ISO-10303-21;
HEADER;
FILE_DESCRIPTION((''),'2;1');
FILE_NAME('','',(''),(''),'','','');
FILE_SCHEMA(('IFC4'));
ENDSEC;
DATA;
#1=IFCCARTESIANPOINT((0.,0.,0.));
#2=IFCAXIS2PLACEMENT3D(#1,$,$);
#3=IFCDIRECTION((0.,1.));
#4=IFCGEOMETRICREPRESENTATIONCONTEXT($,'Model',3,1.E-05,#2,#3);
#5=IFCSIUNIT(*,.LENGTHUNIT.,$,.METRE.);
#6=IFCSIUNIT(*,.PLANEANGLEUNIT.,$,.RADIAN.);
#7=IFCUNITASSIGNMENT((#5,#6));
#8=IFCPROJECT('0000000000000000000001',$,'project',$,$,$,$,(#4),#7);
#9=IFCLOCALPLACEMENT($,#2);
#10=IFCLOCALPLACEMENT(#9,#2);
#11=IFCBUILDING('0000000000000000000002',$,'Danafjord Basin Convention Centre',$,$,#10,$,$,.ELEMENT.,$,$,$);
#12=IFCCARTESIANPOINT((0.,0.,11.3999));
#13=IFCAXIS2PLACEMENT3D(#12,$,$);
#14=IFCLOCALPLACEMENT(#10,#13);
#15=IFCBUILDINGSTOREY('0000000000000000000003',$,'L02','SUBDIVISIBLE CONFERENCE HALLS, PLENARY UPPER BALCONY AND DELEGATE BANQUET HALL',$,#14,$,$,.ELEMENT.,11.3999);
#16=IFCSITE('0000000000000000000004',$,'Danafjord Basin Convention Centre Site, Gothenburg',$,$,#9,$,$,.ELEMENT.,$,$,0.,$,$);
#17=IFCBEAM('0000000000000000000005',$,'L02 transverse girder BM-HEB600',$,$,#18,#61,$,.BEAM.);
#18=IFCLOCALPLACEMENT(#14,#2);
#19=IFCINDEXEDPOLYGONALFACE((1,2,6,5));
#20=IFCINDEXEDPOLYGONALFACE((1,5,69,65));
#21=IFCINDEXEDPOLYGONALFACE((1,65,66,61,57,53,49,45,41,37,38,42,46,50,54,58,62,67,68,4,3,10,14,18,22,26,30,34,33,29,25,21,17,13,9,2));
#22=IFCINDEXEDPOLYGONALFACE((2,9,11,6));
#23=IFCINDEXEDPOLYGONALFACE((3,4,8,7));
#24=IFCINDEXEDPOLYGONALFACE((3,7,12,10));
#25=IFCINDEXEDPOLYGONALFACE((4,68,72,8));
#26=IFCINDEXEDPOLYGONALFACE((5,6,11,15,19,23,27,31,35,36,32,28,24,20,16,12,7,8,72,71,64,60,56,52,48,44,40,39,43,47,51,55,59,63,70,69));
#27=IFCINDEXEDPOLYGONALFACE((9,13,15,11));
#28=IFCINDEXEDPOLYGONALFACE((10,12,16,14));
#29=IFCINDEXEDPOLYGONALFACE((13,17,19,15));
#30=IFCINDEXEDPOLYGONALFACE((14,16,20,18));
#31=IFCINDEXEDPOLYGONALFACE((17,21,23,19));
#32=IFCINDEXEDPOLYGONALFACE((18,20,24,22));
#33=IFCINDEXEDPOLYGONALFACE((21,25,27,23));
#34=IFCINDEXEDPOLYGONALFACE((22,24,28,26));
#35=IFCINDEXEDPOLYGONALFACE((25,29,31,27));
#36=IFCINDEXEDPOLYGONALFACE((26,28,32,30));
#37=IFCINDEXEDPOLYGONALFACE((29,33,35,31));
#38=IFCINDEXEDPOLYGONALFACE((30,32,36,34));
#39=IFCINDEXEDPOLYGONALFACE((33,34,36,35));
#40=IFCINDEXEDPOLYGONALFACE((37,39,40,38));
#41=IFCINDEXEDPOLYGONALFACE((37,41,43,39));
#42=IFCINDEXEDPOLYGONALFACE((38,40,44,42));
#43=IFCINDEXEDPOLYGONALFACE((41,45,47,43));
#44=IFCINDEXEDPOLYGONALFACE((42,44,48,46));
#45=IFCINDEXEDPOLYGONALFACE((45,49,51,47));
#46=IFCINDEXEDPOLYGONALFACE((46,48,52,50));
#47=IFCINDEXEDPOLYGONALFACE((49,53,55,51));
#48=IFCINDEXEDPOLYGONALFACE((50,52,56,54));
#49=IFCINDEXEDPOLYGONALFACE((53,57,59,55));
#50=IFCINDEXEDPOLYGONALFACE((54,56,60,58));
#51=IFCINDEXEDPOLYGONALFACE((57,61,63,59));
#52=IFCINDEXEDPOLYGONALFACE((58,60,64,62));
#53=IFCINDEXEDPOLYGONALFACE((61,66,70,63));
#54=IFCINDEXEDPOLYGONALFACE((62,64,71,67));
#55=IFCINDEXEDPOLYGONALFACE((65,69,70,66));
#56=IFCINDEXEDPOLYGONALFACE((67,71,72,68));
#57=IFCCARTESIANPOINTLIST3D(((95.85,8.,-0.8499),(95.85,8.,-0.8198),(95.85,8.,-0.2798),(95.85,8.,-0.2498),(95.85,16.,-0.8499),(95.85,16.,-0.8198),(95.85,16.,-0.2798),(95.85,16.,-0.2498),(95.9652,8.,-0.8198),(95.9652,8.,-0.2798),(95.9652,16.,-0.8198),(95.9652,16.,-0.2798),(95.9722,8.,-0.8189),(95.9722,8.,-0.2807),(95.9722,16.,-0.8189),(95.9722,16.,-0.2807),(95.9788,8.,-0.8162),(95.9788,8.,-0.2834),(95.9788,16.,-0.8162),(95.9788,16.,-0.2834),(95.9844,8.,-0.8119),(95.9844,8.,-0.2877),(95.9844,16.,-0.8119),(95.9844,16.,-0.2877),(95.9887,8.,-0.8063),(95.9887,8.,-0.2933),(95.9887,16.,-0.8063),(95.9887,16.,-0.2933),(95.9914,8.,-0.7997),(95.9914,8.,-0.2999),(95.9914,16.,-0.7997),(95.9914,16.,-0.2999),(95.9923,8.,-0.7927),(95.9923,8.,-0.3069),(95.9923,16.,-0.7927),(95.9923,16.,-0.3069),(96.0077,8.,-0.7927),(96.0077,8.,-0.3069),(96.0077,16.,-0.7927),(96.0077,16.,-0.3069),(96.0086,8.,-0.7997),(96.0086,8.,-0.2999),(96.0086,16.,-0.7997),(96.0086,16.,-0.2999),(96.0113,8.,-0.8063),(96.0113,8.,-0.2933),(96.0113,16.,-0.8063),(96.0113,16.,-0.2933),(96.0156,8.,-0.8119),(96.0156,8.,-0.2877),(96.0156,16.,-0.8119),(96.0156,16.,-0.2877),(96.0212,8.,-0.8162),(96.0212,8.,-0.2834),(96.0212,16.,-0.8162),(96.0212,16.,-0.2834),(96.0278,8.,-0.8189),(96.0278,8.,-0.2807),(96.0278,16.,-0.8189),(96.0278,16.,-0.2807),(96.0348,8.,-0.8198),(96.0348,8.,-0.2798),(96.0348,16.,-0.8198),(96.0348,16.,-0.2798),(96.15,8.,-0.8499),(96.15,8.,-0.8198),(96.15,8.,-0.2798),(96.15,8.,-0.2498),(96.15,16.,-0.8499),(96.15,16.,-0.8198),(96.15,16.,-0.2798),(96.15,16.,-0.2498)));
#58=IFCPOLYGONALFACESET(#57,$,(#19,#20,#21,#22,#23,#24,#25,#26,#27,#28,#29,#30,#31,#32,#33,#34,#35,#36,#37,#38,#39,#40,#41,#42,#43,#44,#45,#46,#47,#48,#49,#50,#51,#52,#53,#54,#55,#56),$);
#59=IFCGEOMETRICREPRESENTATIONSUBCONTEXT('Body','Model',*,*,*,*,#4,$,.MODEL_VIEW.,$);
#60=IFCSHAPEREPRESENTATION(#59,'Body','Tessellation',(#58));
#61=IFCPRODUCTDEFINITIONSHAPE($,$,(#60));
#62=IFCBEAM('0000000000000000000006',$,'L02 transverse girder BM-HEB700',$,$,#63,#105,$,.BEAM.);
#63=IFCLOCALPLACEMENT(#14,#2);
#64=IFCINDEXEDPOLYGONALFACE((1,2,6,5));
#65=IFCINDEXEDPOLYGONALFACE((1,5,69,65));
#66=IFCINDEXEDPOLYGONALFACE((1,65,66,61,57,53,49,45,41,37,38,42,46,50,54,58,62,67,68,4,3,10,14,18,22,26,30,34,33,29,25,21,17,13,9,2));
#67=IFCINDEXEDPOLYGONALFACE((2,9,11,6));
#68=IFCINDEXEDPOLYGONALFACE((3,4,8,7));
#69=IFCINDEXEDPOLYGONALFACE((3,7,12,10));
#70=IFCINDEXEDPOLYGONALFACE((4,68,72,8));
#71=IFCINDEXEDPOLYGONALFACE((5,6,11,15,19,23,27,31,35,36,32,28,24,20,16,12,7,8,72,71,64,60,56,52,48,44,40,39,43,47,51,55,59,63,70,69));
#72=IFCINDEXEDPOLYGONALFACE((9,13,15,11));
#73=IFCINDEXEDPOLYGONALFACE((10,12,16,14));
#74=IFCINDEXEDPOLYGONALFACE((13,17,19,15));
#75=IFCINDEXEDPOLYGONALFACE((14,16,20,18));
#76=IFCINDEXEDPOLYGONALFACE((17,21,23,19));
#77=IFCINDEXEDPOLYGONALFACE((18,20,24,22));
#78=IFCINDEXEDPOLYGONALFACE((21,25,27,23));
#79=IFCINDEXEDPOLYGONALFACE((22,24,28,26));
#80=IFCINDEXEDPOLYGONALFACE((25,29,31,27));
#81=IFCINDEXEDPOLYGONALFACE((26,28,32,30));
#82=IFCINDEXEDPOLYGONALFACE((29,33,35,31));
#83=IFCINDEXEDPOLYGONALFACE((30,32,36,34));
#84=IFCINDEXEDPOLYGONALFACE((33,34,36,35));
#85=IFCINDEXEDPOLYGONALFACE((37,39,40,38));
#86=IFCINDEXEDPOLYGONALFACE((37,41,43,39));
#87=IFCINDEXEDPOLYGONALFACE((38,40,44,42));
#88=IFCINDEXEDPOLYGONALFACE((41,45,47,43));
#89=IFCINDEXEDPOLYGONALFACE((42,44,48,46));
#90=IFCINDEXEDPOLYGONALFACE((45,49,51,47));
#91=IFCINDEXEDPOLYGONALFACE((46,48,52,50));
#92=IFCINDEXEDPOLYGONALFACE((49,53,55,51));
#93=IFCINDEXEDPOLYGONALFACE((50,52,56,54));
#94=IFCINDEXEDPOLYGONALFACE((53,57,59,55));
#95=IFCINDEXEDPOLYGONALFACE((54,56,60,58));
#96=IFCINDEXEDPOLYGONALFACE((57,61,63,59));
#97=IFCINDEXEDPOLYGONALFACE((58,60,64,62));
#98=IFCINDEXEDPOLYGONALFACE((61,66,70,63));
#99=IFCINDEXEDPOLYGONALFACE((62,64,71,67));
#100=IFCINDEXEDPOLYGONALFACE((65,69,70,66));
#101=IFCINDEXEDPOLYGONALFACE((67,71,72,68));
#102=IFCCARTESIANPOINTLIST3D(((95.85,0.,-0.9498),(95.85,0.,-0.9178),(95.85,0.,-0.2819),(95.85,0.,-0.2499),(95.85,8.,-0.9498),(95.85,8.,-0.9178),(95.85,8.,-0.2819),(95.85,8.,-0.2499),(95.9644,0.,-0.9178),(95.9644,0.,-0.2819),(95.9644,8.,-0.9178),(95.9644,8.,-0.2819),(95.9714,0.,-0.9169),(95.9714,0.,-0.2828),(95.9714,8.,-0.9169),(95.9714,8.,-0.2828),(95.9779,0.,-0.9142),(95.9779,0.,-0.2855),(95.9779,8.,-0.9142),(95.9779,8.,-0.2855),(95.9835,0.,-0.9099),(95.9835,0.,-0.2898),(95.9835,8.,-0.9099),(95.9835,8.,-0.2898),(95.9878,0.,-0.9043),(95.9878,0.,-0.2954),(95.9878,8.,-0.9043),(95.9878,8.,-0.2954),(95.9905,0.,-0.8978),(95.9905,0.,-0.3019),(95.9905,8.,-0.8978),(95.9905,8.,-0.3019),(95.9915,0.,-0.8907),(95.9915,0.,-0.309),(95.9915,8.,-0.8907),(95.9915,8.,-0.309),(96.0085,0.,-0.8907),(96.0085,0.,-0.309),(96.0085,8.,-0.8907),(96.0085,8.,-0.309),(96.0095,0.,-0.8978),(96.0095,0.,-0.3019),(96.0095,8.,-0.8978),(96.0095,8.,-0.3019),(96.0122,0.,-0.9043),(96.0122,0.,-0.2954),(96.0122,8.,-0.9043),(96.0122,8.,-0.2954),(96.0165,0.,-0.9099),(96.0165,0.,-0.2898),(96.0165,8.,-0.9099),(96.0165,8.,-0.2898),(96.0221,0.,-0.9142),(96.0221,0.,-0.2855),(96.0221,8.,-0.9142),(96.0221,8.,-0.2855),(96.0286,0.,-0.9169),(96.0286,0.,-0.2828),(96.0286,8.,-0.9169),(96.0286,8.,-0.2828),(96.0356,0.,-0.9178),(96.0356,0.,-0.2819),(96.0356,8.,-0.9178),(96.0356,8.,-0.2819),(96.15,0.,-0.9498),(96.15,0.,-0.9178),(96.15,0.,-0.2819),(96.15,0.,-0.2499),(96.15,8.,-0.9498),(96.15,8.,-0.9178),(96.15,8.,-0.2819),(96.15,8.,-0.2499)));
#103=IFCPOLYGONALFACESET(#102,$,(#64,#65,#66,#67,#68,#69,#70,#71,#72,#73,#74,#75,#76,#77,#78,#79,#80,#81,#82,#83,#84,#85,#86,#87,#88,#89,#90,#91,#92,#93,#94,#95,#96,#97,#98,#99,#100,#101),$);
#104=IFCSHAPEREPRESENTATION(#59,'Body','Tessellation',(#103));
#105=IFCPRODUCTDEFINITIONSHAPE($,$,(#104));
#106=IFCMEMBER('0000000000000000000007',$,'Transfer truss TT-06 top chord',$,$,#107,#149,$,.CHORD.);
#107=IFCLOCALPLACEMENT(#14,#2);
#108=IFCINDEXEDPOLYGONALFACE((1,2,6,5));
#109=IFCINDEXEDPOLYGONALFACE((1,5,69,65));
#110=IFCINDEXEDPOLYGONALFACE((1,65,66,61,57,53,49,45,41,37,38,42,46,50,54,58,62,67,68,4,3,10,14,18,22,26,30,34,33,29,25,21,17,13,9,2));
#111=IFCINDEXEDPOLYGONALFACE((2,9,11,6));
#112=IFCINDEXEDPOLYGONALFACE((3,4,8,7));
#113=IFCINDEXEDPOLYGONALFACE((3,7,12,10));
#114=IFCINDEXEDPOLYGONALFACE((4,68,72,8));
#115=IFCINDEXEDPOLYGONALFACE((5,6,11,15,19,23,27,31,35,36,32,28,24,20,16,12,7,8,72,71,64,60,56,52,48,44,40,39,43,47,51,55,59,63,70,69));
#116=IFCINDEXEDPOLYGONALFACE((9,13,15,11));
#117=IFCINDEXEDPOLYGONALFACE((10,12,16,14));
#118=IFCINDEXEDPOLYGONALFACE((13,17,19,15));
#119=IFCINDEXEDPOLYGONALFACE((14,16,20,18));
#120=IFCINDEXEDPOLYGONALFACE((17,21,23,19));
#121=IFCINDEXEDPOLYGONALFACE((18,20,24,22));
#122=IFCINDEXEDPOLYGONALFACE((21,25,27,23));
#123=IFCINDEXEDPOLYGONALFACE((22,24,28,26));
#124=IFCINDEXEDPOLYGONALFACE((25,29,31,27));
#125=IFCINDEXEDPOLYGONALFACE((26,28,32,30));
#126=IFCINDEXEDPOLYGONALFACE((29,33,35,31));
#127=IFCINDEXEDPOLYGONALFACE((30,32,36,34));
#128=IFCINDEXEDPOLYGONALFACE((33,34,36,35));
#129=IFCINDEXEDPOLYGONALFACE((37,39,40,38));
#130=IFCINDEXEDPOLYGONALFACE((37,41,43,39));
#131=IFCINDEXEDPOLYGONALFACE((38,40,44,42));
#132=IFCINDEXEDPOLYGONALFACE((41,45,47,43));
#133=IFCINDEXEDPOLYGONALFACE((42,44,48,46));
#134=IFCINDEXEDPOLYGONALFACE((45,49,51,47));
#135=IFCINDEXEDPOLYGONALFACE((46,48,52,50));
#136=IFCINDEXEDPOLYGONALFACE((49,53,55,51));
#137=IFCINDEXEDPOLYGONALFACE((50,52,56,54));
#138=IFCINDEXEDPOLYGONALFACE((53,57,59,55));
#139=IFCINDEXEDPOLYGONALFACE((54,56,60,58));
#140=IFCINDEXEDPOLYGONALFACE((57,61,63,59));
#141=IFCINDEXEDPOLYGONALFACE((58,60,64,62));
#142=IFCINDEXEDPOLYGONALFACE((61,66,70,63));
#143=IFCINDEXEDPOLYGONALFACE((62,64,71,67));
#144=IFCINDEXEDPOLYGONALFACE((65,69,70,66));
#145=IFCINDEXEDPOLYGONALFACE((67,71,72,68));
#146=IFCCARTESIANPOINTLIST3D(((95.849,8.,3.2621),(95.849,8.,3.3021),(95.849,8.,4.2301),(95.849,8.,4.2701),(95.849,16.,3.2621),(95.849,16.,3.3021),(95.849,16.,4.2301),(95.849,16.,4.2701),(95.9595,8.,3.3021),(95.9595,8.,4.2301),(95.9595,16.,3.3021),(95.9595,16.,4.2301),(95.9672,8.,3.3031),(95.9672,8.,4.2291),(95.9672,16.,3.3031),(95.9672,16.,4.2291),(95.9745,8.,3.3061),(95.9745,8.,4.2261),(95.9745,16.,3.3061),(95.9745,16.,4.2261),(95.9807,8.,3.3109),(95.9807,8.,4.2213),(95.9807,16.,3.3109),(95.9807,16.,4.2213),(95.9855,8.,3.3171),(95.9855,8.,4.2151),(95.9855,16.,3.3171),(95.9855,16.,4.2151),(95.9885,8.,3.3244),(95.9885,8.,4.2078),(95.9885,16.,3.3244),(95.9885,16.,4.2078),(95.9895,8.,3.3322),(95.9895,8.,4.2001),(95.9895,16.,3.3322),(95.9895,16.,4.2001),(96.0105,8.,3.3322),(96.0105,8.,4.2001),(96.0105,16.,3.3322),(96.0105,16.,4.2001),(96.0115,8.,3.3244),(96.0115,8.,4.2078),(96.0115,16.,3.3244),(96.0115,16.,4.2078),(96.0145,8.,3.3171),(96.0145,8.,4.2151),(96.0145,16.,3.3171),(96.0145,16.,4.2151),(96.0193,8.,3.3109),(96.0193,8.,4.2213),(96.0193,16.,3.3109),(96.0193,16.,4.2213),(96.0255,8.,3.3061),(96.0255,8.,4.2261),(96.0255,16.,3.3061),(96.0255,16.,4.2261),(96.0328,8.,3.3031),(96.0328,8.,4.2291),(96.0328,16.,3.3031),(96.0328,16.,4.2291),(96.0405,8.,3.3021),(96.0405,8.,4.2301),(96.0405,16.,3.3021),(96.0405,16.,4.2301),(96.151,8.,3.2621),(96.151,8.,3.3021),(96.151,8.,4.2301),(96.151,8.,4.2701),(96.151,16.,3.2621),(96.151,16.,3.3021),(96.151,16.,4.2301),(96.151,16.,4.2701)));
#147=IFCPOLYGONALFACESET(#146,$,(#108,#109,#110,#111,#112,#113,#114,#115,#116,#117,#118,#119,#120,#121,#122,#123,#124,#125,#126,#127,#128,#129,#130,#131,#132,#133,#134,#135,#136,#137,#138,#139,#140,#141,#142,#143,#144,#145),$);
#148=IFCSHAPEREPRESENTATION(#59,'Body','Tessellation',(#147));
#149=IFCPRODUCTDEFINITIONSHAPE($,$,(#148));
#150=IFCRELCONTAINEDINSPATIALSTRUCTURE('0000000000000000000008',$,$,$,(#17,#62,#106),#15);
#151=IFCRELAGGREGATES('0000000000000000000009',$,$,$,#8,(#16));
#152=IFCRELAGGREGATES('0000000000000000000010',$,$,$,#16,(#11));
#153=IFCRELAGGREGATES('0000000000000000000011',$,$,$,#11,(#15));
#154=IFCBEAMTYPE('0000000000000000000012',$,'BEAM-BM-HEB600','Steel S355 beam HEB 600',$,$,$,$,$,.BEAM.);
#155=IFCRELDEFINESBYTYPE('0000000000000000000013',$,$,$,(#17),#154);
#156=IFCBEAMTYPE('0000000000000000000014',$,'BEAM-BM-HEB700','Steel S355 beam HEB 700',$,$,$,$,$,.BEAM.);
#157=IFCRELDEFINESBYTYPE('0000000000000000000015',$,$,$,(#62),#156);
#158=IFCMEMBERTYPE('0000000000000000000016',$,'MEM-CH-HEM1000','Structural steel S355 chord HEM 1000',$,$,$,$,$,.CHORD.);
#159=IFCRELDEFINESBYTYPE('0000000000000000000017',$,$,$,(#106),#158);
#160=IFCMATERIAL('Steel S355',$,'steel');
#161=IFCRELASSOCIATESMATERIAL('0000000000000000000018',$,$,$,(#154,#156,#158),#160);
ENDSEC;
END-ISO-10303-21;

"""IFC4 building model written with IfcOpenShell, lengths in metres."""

from ifc_helpers import new_model, si_unit, direction, frame, origin, origin_2d, place, context, subcontext, project, spatial, i_section, extrude, material, material_profile, profile_set, type_object, element, save


model = new_model("IFC4")

# Units and contexts
model_context = context("Model", 3, precision=1e-05, world=origin(), true_north=direction((0.0, 1.0)))
body_context = subcontext(model_context, "Body", "Model", "MODEL_VIEW")
ifc_project = project(units=[si_unit("LENGTHUNIT", "METRE"), si_unit("PLANEANGLEUNIT", "RADIAN")], contexts=[model_context])

# Site, building, storey
site_placement = place(None, origin())
site = spatial("IfcSite", under=ifc_project, at=site_placement, Name="Danafjord Basin Convention Centre Site, Gothenburg", CompositionType="ELEMENT", RefElevation=0.0)
building_placement = place(site_placement, origin())
building = spatial("IfcBuilding", under=site, at=building_placement, Name="Danafjord Basin Convention Centre", CompositionType="ELEMENT")
storey_placement = place(building_placement, frame((0.0, 0.0, 11.3999)))
storey = spatial("IfcBuildingStorey", under=building, at=storey_placement, Name="L02", Description="SUBDIVISIBLE CONFERENCE HALLS, PLENARY UPPER BALCONY AND DELEGATE BANQUET HALL", CompositionType="ELEMENT", Elevation=11.3999)

# Shared definitions
ifc_material_1 = material(Name="Steel S355", Category="steel")

# Beams
ifc_material_profile_1 = material_profile(ifc_material_1, i_section(OverallWidth=0.3, OverallDepth=0.6001, WebThickness=0.0154, FlangeThickness=0.03, FilletRadius=0.0271, at=origin_2d()), Name="HEB 600")
ifc_profile_set_1 = profile_set([ifc_material_profile_1], Name="Steel S355")
beam_type_1 = type_object("IfcBeamType", Name="BEAM-BM-HEB600", Description="Steel S355 beam HEB 600", PredefinedType="BEAM", material=ifc_profile_set_1)
beam_1_placement = place(storey_placement, frame((96.0, 8.0, -0.5498), z_axis=(0.0, 1.0, 0.0), x_axis=(-1.0, 0.0, 0.0)))
element("IfcBeam", 1, at=beam_1_placement, inside=storey, type_object=beam_type_1, Name="L02 transverse girder BM-HEB600", PredefinedType="BEAM", context=body_context, shape_type="SweptSolid", body=[
    extrude(i_section(OverallWidth=0.3, OverallDepth=0.6001, WebThickness=0.0154, FlangeThickness=0.03, FilletRadius=0.0271, at=origin_2d()), origin(), (0.0, 0.0, 1.0), 8.0),
])
ifc_material_profile_2 = material_profile(ifc_material_1, i_section(OverallWidth=0.3, OverallDepth=0.7, WebThickness=0.0171, FlangeThickness=0.032, FilletRadius=0.0271, at=origin_2d()), Name="HEB 700")
ifc_profile_set_2 = profile_set([ifc_material_profile_2], Name="Steel S355")
beam_type_2 = type_object("IfcBeamType", Name="BEAM-BM-HEB700", Description="Steel S355 beam HEB 700", PredefinedType="BEAM", material=ifc_profile_set_2)
beam_2_placement = place(storey_placement, frame((96.0, 0.0, -0.5999), z_axis=(0.0, 1.0, 0.0), x_axis=(-1.0, 0.0, 0.0)))
element("IfcBeam", 2, at=beam_2_placement, inside=storey, type_object=beam_type_2, Name="L02 transverse girder BM-HEB700", PredefinedType="BEAM", context=body_context, shape_type="SweptSolid", body=[
    extrude(i_section(OverallWidth=0.3, OverallDepth=0.7, WebThickness=0.0171, FlangeThickness=0.032, FilletRadius=0.0271, at=origin_2d()), origin(), (0.0, 0.0, 1.0), 8.0),
])

# Member
ifc_material_profile_3 = material_profile(ifc_material_1, i_section(OverallWidth=0.302, OverallDepth=1.0081, WebThickness=0.021, FlangeThickness=0.04, FilletRadius=0.03, at=origin_2d()), Name="HEM 1000")
ifc_profile_set_3 = profile_set([ifc_material_profile_3], Name="Steel S355")
member_type_1 = type_object("IfcMemberType", Name="MEM-CH-HEM1000", Description="Structural steel S355 chord HEM 1000", PredefinedType="CHORD", material=ifc_profile_set_3)
member_1_placement = place(storey_placement, frame((96.0, 8.0, 3.7661), z_axis=(0.0, 1.0, 0.0), x_axis=(-1.0, 0.0, 0.0)))
element("IfcMember", 3, at=member_1_placement, inside=storey, type_object=member_type_1, Name="Transfer truss TT-06 top chord", PredefinedType="CHORD", context=body_context, shape_type="SweptSolid", body=[
    extrude(i_section(OverallWidth=0.302, OverallDepth=1.0081, WebThickness=0.021, FlangeThickness=0.04, FilletRadius=0.03, at=origin_2d()), origin(), (0.0, 0.0, 1.0), 8.0),
])

save(model, "model.ifc")
